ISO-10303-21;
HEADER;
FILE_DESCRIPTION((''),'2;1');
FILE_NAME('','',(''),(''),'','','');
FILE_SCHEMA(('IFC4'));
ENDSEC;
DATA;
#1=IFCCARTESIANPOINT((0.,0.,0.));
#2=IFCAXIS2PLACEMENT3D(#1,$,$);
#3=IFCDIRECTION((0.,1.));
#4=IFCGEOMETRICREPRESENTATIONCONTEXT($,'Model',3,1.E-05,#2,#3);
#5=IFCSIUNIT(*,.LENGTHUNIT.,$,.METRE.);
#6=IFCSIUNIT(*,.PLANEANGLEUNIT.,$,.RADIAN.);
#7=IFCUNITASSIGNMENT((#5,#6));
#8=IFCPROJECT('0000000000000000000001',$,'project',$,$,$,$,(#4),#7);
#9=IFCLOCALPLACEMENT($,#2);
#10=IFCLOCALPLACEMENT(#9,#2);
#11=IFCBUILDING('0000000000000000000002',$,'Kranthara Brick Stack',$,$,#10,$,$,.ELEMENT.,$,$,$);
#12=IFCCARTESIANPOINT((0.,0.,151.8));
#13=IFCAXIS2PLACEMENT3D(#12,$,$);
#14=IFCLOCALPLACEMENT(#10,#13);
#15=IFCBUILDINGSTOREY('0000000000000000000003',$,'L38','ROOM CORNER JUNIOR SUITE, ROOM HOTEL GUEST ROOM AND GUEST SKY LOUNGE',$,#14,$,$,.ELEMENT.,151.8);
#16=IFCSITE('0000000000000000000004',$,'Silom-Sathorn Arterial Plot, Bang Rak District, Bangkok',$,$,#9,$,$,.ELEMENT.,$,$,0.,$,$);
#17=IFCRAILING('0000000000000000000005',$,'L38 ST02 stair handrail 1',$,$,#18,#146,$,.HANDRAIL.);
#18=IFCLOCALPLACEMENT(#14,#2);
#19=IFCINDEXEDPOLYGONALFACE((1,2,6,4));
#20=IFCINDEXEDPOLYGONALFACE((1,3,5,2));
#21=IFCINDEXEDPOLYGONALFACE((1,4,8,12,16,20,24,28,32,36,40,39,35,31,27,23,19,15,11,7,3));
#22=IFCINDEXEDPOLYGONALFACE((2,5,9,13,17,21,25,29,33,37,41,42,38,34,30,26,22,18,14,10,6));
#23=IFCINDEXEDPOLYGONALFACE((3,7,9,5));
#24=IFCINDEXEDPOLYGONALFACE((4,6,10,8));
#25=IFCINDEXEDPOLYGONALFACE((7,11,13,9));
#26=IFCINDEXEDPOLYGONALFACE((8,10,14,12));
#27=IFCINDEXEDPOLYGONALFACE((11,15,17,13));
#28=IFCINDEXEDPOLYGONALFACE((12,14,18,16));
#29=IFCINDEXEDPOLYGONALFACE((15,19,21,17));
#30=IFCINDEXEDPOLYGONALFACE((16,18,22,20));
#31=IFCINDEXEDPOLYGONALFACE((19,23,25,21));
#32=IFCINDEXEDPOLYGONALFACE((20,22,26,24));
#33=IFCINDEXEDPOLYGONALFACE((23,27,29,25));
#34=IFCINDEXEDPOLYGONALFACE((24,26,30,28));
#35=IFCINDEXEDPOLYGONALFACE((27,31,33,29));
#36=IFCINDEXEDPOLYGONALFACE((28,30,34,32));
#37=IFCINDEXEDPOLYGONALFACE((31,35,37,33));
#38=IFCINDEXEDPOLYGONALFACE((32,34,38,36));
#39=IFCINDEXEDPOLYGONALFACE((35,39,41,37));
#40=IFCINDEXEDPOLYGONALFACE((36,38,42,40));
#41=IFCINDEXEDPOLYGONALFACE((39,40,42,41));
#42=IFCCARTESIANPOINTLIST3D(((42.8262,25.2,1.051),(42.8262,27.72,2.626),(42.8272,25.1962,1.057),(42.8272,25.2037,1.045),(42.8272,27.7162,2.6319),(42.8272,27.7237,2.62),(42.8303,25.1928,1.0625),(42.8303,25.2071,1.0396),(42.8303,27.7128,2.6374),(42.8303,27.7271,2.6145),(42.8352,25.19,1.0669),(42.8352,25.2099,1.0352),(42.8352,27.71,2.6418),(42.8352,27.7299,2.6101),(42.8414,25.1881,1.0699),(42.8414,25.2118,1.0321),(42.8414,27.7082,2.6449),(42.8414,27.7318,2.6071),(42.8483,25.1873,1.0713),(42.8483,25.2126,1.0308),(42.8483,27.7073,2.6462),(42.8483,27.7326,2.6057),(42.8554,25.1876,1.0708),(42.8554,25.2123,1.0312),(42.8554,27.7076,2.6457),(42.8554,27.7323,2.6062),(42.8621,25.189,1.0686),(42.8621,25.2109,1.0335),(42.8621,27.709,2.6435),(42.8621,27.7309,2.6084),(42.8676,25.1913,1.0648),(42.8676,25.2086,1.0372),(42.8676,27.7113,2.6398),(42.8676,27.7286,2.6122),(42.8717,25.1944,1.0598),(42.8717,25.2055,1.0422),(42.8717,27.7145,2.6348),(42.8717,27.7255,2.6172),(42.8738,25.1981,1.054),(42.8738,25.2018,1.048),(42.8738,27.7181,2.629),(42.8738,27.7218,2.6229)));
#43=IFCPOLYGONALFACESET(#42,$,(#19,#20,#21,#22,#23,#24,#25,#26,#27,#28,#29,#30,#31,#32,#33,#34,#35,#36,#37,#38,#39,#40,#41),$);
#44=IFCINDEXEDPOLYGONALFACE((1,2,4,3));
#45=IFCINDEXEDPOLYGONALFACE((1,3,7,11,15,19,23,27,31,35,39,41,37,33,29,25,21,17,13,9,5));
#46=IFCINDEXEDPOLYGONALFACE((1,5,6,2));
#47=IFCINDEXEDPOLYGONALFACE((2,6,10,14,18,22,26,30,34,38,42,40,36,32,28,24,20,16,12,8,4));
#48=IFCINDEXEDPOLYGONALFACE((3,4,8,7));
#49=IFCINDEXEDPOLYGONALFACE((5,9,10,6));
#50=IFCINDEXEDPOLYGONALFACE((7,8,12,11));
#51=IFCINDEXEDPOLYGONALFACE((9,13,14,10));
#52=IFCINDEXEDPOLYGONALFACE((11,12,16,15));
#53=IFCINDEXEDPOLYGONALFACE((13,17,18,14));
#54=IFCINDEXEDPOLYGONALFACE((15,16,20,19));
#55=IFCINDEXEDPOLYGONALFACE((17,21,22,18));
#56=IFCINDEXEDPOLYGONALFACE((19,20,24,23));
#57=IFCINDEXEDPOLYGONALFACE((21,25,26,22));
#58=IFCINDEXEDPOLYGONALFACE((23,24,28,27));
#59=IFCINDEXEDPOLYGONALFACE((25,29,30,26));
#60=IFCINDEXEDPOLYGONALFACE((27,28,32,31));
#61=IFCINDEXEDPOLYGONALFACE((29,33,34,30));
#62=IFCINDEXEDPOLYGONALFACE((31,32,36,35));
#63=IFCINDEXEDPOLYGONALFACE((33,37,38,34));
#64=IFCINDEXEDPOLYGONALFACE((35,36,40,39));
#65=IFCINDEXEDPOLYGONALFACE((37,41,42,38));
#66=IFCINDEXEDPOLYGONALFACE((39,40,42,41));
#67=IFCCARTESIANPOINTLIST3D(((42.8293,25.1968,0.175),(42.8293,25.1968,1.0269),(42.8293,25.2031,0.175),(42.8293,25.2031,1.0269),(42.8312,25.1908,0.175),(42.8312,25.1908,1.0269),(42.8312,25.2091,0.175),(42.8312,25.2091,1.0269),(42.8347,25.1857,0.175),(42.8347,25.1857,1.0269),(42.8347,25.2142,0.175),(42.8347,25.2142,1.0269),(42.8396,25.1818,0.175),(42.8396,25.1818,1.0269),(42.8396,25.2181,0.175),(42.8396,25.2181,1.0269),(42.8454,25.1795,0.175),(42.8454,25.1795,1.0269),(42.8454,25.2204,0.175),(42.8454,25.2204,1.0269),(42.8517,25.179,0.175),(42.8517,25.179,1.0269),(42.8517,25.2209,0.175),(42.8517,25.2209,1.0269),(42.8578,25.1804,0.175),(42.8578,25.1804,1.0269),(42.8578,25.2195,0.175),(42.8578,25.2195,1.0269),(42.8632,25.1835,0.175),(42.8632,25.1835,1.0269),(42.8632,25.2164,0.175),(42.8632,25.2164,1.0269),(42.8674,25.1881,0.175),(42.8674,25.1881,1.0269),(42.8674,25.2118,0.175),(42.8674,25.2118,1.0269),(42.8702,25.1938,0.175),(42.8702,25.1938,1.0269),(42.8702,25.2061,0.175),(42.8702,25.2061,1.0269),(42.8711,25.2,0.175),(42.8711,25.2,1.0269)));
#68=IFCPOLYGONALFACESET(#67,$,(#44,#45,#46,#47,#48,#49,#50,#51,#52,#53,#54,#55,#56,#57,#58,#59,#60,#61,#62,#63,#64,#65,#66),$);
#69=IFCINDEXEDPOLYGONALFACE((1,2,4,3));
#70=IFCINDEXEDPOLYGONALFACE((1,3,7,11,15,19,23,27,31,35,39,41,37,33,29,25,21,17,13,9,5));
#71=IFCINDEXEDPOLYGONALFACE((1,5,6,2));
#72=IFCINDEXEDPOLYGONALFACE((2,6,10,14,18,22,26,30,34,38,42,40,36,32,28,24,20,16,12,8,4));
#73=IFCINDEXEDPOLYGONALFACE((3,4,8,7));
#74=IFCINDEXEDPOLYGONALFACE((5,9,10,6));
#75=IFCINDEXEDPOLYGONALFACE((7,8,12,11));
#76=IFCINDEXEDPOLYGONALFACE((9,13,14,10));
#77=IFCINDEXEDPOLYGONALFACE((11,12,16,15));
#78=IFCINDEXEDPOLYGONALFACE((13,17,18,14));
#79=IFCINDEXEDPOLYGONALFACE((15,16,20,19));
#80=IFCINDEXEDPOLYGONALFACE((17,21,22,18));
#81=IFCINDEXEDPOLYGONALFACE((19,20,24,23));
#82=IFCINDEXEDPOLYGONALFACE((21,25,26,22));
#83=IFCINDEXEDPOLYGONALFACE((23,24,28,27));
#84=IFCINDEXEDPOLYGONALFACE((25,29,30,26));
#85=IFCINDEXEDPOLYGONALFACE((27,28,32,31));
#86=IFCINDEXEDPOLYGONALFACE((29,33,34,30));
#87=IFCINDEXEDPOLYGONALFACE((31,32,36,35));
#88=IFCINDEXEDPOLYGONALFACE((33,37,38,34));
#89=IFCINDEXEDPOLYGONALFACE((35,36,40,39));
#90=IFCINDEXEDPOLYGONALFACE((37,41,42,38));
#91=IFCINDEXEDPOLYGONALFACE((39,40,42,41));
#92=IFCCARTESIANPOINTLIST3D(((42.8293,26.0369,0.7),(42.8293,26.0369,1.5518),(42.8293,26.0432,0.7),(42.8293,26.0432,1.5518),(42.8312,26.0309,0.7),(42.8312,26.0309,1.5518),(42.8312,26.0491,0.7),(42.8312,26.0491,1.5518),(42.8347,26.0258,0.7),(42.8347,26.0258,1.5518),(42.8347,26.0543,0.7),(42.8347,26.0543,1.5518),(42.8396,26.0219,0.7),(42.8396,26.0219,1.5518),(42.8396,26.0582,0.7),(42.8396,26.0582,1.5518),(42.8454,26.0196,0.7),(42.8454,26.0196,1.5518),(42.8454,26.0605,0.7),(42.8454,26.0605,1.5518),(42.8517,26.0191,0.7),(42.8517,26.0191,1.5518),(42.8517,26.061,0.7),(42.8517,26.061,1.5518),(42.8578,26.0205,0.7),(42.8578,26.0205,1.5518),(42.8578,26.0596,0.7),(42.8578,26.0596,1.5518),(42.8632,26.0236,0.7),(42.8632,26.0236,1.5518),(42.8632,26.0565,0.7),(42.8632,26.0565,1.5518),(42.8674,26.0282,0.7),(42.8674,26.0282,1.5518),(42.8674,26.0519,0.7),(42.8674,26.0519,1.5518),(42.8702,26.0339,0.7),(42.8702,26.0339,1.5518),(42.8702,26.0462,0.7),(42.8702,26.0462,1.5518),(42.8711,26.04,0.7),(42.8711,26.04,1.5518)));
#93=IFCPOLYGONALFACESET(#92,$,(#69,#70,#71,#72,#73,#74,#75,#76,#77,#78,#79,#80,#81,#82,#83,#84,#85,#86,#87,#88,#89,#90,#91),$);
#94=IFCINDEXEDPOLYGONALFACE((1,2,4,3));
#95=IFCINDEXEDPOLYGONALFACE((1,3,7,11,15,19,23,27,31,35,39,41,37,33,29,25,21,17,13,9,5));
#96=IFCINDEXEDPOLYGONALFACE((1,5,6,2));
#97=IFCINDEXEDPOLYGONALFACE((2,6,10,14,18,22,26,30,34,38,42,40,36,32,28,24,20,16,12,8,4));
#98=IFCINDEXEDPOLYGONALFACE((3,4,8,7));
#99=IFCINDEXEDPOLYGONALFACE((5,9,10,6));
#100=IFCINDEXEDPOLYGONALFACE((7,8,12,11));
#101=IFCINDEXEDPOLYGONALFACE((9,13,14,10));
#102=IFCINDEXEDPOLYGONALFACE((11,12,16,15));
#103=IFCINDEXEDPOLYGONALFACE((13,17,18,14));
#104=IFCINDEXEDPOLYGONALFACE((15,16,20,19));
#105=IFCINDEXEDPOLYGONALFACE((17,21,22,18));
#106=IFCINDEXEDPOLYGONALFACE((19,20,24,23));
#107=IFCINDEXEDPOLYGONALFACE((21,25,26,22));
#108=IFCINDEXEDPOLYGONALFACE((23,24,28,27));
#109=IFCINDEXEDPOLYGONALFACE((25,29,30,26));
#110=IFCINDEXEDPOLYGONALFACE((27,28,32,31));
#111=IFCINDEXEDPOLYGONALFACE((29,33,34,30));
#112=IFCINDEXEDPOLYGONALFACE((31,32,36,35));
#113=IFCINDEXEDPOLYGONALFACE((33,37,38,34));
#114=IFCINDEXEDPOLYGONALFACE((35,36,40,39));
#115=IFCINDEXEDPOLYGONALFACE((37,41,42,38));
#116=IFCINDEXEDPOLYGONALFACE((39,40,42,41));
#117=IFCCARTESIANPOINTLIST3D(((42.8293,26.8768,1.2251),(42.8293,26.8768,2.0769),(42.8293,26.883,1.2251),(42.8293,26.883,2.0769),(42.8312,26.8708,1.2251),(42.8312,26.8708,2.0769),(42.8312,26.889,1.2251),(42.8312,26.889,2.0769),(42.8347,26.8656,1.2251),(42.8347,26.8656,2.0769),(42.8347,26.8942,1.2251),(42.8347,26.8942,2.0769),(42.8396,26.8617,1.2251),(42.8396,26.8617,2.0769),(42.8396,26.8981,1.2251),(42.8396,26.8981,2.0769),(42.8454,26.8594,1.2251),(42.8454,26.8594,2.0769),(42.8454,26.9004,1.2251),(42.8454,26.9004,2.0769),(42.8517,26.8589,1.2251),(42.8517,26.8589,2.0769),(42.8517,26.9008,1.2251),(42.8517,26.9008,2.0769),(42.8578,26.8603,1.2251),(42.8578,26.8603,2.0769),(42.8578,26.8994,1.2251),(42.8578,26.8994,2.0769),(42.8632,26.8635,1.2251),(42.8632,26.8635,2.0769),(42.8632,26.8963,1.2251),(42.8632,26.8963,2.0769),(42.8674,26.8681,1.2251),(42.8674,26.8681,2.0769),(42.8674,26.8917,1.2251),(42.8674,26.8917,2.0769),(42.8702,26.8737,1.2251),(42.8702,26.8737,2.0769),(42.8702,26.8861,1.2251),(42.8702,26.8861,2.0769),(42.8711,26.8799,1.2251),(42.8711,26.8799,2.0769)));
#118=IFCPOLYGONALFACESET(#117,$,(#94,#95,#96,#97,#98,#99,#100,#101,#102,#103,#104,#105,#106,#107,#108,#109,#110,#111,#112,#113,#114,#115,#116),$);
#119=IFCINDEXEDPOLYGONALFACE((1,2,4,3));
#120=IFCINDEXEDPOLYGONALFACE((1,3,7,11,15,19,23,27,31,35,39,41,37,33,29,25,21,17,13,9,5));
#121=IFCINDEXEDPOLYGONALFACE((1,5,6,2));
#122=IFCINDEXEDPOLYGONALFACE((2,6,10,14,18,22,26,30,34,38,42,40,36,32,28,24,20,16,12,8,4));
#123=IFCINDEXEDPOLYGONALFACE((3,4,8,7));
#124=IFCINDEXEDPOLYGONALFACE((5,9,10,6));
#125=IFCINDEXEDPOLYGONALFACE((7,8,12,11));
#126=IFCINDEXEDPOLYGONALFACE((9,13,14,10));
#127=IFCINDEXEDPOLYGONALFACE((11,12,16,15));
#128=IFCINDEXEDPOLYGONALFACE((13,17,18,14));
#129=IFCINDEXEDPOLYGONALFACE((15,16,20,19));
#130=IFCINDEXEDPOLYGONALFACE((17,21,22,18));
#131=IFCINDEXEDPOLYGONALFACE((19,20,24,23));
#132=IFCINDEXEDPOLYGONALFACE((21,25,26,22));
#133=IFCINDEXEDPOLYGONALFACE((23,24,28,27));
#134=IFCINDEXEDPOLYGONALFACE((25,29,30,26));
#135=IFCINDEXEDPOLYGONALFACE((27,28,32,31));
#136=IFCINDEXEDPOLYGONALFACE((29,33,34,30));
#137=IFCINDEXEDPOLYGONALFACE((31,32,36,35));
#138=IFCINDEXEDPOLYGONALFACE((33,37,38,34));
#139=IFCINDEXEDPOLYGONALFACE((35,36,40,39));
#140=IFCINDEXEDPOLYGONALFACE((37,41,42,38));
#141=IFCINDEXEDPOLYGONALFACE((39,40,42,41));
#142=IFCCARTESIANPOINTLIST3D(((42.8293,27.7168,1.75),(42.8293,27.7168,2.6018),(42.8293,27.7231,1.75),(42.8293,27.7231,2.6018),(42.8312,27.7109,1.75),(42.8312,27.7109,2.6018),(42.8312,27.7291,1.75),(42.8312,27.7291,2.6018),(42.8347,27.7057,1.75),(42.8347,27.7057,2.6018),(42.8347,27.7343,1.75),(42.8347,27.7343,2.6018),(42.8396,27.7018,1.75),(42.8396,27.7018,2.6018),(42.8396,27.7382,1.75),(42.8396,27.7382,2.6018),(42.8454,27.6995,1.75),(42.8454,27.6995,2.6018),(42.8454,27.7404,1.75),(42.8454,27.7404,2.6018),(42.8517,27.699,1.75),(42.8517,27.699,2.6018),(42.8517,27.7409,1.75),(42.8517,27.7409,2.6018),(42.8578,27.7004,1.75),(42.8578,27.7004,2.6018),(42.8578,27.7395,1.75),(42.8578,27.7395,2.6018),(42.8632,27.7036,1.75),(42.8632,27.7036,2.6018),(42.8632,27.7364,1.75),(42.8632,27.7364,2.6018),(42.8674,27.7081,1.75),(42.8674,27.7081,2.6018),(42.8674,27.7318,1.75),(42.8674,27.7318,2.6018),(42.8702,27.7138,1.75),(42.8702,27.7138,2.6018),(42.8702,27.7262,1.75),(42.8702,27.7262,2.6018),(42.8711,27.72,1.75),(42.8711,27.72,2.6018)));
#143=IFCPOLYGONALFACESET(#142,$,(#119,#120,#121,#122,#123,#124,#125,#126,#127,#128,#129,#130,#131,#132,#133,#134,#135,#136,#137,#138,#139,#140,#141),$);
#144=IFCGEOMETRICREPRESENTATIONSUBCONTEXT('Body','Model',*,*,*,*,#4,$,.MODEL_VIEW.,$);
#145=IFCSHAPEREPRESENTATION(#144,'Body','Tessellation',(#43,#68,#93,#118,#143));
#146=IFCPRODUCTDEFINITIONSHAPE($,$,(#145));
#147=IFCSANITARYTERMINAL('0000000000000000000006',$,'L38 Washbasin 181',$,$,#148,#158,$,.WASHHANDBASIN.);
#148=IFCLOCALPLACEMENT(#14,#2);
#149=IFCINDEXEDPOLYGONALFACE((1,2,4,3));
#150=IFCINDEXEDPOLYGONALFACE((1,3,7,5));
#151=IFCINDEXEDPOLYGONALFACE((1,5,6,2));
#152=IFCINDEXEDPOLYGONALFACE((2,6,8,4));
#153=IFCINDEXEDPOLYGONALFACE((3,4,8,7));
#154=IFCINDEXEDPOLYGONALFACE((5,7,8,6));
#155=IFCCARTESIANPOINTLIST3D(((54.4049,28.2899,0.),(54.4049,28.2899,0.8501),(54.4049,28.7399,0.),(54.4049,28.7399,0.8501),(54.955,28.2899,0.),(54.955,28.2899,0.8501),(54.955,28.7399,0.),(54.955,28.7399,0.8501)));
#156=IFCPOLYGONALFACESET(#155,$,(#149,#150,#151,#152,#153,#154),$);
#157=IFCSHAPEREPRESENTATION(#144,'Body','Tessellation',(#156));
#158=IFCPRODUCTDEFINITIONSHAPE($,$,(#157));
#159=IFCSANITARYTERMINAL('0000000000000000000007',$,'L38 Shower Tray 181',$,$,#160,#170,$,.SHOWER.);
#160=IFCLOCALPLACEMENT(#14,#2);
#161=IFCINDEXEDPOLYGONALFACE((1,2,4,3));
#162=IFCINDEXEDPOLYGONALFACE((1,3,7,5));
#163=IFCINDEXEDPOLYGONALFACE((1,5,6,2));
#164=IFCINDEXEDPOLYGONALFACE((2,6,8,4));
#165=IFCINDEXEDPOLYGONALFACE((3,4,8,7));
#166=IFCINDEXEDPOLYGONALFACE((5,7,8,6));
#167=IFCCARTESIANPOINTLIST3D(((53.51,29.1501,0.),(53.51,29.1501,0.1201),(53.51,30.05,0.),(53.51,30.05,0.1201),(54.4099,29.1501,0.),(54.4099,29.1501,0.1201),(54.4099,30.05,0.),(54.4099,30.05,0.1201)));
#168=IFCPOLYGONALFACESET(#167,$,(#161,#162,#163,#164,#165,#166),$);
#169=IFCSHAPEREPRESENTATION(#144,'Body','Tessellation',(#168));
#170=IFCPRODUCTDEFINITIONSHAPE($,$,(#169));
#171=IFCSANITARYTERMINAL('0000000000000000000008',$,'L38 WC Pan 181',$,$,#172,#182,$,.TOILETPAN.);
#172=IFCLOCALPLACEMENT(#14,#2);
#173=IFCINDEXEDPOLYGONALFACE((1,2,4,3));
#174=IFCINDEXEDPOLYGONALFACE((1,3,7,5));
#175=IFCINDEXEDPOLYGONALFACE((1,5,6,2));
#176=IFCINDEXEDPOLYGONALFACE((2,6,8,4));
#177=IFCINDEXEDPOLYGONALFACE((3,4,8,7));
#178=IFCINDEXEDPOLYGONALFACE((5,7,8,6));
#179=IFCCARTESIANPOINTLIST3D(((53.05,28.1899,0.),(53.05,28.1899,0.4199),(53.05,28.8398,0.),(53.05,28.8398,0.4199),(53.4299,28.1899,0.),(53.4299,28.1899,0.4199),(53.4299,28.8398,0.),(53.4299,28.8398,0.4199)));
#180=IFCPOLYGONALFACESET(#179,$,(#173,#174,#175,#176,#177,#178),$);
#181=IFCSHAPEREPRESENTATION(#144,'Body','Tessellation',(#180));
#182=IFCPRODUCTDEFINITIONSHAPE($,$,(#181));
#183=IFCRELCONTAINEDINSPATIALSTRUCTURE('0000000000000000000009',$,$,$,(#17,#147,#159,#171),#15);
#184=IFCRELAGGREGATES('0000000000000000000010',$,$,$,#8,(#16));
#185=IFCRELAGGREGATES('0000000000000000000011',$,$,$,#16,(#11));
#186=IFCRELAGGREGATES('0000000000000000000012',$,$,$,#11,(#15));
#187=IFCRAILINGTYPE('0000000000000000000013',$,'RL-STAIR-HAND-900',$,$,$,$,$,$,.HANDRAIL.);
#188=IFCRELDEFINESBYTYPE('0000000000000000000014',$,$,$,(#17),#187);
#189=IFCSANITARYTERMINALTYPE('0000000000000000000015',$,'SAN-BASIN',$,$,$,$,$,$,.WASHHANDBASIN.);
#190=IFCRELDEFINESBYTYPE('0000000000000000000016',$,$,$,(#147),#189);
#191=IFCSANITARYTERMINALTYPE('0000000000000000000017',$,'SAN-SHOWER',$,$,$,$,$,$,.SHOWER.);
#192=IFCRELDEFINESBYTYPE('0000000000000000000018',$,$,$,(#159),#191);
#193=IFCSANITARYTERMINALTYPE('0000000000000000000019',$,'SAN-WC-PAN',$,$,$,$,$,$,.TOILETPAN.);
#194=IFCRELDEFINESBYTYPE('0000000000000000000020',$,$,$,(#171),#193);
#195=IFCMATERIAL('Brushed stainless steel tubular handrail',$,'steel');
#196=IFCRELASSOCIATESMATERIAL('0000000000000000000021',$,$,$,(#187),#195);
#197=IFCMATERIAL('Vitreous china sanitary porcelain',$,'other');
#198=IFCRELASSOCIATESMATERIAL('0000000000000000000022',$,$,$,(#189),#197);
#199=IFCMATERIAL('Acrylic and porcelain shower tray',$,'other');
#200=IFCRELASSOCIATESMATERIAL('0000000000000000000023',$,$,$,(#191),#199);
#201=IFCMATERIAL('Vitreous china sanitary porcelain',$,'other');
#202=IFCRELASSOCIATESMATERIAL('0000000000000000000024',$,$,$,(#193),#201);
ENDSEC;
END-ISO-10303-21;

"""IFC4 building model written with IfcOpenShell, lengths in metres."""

from ifc_helpers import new_model, si_unit, direction, frame, origin, origin_2d, place, context, subcontext, project, spatial, rectangle, circle, extrude, material, type_object, element, save


model = new_model("IFC4")

# Units and contexts
model_context = context("Model", 3, precision=1e-05, world=origin(), true_north=direction((0.0, 1.0)))
body_context = subcontext(model_context, "Body", "Model", "MODEL_VIEW")
ifc_project = project(units=[si_unit("LENGTHUNIT", "METRE"), si_unit("PLANEANGLEUNIT", "RADIAN")], contexts=[model_context])

# Site, building, storey
site_placement = place(None, origin())
site = spatial("IfcSite", under=ifc_project, at=site_placement, Name="Silom-Sathorn Arterial Plot, Bang Rak District, Bangkok", CompositionType="ELEMENT", RefElevation=0.0)
building_placement = place(site_placement, origin())
building = spatial("IfcBuilding", under=site, at=building_placement, Name="Kranthara Brick Stack", CompositionType="ELEMENT")
storey_placement = place(building_placement, frame((0.0, 0.0, 151.8)))
storey = spatial("IfcBuildingStorey", under=building, at=storey_placement, Name="L38", Description="ROOM CORNER JUNIOR SUITE, ROOM HOTEL GUEST ROOM AND GUEST SKY LOUNGE", CompositionType="ELEMENT", Elevation=151.8)

# Railing
ifc_material_1 = material(Name="Brushed stainless steel tubular handrail", Category="steel")
railing_type_1 = type_object("IfcRailingType", Name="RL-STAIR-HAND-900", PredefinedType="HANDRAIL", material=ifc_material_1)
railing_1_placement = place(storey_placement, frame((42.8501, 25.2, 0.175)))
element("IfcRailing", 1, at=railing_1_placement, inside=storey, type_object=railing_type_1, Name="L38 ST02 stair handrail 1", PredefinedType="HANDRAIL", context=body_context, shape_type="SweptSolid", body=[
    extrude(circle(Radius=0.0239, at=origin_2d()), frame((0.0, 0.0, 0.876), z_axis=(0.0, 0.848008, 0.529984), x_axis=(-1.0, 0.0, 0.0)), (0.0, 0.0, 1.0), 2.9717),
    extrude(circle(Radius=0.021, at=origin_2d()), origin(), (0.0, 0.0, 1.0), 0.8518),
    extrude(circle(Radius=0.021, at=origin_2d()), frame((0.0, 0.8401, 0.5249)), (0.0, 0.0, 1.0), 0.8518),
    extrude(circle(Radius=0.021, at=origin_2d()), frame((0.0, 1.6799, 1.05)), (0.0, 0.0, 1.0), 0.8518),
    extrude(circle(Radius=0.021, at=origin_2d()), frame((0.0, 2.52, 1.575)), (0.0, 0.0, 1.0), 0.8518),
])

# Sanitary terminals
ifc_material_2 = material(Name="Vitreous china sanitary porcelain", Category="other")
sanitary_terminal_type_1 = type_object("IfcSanitaryTerminalType", Name="SAN-BASIN", PredefinedType="WASHHANDBASIN", material=ifc_material_2)
sanitary_terminal_1_placement = place(storey_placement, frame((54.6799, 28.5149, 0.0), z_axis=(0.0, 0.0, 1.0), x_axis=(1.0, 0.0, 0.0)))
element("IfcSanitaryTerminal", 2, at=sanitary_terminal_1_placement, inside=storey, type_object=sanitary_terminal_type_1, Name="L38 Washbasin 181", PredefinedType="WASHHANDBASIN", context=body_context, shape_type="SweptSolid", body=[
    extrude(rectangle(XDim=0.55, YDim=0.45, at=origin_2d()), origin(), (0.0, 0.0, 1.0), 0.8501),
])
ifc_material_3 = material(Name="Acrylic and porcelain shower tray", Category="other")
sanitary_terminal_type_2 = type_object("IfcSanitaryTerminalType", Name="SAN-SHOWER", PredefinedType="SHOWER", material=ifc_material_3)
sanitary_terminal_2_placement = place(storey_placement, frame((53.96, 29.6001, 0.0), z_axis=(0.0, 0.0, 1.0), x_axis=(1.0, 0.0, 0.0)))
element("IfcSanitaryTerminal", 3, at=sanitary_terminal_2_placement, inside=storey, type_object=sanitary_terminal_type_2, Name="L38 Shower Tray 181", PredefinedType="SHOWER", context=body_context, shape_type="SweptSolid", body=[
    extrude(rectangle(XDim=0.8999, YDim=0.8999, at=origin_2d()), origin(), (0.0, 0.0, 1.0), 0.1201),
])
ifc_material_4 = material(Name="Vitreous china sanitary porcelain", Category="other")
sanitary_terminal_type_3 = type_object("IfcSanitaryTerminalType", Name="SAN-WC-PAN", PredefinedType="TOILETPAN", material=ifc_material_4)
sanitary_terminal_3_placement = place(storey_placement, frame((53.24, 28.5149, 0.0), z_axis=(0.0, 0.0, 1.0), x_axis=(1.0, 0.0, 0.0)))
element("IfcSanitaryTerminal", 4, at=sanitary_terminal_3_placement, inside=storey, type_object=sanitary_terminal_type_3, Name="L38 WC Pan 181", PredefinedType="TOILETPAN", context=body_context, shape_type="SweptSolid", body=[
    extrude(rectangle(XDim=0.3799, YDim=0.6499, at=origin_2d()), origin(), (0.0, 0.0, 1.0), 0.4199),
])

save(model, "model.ifc")
